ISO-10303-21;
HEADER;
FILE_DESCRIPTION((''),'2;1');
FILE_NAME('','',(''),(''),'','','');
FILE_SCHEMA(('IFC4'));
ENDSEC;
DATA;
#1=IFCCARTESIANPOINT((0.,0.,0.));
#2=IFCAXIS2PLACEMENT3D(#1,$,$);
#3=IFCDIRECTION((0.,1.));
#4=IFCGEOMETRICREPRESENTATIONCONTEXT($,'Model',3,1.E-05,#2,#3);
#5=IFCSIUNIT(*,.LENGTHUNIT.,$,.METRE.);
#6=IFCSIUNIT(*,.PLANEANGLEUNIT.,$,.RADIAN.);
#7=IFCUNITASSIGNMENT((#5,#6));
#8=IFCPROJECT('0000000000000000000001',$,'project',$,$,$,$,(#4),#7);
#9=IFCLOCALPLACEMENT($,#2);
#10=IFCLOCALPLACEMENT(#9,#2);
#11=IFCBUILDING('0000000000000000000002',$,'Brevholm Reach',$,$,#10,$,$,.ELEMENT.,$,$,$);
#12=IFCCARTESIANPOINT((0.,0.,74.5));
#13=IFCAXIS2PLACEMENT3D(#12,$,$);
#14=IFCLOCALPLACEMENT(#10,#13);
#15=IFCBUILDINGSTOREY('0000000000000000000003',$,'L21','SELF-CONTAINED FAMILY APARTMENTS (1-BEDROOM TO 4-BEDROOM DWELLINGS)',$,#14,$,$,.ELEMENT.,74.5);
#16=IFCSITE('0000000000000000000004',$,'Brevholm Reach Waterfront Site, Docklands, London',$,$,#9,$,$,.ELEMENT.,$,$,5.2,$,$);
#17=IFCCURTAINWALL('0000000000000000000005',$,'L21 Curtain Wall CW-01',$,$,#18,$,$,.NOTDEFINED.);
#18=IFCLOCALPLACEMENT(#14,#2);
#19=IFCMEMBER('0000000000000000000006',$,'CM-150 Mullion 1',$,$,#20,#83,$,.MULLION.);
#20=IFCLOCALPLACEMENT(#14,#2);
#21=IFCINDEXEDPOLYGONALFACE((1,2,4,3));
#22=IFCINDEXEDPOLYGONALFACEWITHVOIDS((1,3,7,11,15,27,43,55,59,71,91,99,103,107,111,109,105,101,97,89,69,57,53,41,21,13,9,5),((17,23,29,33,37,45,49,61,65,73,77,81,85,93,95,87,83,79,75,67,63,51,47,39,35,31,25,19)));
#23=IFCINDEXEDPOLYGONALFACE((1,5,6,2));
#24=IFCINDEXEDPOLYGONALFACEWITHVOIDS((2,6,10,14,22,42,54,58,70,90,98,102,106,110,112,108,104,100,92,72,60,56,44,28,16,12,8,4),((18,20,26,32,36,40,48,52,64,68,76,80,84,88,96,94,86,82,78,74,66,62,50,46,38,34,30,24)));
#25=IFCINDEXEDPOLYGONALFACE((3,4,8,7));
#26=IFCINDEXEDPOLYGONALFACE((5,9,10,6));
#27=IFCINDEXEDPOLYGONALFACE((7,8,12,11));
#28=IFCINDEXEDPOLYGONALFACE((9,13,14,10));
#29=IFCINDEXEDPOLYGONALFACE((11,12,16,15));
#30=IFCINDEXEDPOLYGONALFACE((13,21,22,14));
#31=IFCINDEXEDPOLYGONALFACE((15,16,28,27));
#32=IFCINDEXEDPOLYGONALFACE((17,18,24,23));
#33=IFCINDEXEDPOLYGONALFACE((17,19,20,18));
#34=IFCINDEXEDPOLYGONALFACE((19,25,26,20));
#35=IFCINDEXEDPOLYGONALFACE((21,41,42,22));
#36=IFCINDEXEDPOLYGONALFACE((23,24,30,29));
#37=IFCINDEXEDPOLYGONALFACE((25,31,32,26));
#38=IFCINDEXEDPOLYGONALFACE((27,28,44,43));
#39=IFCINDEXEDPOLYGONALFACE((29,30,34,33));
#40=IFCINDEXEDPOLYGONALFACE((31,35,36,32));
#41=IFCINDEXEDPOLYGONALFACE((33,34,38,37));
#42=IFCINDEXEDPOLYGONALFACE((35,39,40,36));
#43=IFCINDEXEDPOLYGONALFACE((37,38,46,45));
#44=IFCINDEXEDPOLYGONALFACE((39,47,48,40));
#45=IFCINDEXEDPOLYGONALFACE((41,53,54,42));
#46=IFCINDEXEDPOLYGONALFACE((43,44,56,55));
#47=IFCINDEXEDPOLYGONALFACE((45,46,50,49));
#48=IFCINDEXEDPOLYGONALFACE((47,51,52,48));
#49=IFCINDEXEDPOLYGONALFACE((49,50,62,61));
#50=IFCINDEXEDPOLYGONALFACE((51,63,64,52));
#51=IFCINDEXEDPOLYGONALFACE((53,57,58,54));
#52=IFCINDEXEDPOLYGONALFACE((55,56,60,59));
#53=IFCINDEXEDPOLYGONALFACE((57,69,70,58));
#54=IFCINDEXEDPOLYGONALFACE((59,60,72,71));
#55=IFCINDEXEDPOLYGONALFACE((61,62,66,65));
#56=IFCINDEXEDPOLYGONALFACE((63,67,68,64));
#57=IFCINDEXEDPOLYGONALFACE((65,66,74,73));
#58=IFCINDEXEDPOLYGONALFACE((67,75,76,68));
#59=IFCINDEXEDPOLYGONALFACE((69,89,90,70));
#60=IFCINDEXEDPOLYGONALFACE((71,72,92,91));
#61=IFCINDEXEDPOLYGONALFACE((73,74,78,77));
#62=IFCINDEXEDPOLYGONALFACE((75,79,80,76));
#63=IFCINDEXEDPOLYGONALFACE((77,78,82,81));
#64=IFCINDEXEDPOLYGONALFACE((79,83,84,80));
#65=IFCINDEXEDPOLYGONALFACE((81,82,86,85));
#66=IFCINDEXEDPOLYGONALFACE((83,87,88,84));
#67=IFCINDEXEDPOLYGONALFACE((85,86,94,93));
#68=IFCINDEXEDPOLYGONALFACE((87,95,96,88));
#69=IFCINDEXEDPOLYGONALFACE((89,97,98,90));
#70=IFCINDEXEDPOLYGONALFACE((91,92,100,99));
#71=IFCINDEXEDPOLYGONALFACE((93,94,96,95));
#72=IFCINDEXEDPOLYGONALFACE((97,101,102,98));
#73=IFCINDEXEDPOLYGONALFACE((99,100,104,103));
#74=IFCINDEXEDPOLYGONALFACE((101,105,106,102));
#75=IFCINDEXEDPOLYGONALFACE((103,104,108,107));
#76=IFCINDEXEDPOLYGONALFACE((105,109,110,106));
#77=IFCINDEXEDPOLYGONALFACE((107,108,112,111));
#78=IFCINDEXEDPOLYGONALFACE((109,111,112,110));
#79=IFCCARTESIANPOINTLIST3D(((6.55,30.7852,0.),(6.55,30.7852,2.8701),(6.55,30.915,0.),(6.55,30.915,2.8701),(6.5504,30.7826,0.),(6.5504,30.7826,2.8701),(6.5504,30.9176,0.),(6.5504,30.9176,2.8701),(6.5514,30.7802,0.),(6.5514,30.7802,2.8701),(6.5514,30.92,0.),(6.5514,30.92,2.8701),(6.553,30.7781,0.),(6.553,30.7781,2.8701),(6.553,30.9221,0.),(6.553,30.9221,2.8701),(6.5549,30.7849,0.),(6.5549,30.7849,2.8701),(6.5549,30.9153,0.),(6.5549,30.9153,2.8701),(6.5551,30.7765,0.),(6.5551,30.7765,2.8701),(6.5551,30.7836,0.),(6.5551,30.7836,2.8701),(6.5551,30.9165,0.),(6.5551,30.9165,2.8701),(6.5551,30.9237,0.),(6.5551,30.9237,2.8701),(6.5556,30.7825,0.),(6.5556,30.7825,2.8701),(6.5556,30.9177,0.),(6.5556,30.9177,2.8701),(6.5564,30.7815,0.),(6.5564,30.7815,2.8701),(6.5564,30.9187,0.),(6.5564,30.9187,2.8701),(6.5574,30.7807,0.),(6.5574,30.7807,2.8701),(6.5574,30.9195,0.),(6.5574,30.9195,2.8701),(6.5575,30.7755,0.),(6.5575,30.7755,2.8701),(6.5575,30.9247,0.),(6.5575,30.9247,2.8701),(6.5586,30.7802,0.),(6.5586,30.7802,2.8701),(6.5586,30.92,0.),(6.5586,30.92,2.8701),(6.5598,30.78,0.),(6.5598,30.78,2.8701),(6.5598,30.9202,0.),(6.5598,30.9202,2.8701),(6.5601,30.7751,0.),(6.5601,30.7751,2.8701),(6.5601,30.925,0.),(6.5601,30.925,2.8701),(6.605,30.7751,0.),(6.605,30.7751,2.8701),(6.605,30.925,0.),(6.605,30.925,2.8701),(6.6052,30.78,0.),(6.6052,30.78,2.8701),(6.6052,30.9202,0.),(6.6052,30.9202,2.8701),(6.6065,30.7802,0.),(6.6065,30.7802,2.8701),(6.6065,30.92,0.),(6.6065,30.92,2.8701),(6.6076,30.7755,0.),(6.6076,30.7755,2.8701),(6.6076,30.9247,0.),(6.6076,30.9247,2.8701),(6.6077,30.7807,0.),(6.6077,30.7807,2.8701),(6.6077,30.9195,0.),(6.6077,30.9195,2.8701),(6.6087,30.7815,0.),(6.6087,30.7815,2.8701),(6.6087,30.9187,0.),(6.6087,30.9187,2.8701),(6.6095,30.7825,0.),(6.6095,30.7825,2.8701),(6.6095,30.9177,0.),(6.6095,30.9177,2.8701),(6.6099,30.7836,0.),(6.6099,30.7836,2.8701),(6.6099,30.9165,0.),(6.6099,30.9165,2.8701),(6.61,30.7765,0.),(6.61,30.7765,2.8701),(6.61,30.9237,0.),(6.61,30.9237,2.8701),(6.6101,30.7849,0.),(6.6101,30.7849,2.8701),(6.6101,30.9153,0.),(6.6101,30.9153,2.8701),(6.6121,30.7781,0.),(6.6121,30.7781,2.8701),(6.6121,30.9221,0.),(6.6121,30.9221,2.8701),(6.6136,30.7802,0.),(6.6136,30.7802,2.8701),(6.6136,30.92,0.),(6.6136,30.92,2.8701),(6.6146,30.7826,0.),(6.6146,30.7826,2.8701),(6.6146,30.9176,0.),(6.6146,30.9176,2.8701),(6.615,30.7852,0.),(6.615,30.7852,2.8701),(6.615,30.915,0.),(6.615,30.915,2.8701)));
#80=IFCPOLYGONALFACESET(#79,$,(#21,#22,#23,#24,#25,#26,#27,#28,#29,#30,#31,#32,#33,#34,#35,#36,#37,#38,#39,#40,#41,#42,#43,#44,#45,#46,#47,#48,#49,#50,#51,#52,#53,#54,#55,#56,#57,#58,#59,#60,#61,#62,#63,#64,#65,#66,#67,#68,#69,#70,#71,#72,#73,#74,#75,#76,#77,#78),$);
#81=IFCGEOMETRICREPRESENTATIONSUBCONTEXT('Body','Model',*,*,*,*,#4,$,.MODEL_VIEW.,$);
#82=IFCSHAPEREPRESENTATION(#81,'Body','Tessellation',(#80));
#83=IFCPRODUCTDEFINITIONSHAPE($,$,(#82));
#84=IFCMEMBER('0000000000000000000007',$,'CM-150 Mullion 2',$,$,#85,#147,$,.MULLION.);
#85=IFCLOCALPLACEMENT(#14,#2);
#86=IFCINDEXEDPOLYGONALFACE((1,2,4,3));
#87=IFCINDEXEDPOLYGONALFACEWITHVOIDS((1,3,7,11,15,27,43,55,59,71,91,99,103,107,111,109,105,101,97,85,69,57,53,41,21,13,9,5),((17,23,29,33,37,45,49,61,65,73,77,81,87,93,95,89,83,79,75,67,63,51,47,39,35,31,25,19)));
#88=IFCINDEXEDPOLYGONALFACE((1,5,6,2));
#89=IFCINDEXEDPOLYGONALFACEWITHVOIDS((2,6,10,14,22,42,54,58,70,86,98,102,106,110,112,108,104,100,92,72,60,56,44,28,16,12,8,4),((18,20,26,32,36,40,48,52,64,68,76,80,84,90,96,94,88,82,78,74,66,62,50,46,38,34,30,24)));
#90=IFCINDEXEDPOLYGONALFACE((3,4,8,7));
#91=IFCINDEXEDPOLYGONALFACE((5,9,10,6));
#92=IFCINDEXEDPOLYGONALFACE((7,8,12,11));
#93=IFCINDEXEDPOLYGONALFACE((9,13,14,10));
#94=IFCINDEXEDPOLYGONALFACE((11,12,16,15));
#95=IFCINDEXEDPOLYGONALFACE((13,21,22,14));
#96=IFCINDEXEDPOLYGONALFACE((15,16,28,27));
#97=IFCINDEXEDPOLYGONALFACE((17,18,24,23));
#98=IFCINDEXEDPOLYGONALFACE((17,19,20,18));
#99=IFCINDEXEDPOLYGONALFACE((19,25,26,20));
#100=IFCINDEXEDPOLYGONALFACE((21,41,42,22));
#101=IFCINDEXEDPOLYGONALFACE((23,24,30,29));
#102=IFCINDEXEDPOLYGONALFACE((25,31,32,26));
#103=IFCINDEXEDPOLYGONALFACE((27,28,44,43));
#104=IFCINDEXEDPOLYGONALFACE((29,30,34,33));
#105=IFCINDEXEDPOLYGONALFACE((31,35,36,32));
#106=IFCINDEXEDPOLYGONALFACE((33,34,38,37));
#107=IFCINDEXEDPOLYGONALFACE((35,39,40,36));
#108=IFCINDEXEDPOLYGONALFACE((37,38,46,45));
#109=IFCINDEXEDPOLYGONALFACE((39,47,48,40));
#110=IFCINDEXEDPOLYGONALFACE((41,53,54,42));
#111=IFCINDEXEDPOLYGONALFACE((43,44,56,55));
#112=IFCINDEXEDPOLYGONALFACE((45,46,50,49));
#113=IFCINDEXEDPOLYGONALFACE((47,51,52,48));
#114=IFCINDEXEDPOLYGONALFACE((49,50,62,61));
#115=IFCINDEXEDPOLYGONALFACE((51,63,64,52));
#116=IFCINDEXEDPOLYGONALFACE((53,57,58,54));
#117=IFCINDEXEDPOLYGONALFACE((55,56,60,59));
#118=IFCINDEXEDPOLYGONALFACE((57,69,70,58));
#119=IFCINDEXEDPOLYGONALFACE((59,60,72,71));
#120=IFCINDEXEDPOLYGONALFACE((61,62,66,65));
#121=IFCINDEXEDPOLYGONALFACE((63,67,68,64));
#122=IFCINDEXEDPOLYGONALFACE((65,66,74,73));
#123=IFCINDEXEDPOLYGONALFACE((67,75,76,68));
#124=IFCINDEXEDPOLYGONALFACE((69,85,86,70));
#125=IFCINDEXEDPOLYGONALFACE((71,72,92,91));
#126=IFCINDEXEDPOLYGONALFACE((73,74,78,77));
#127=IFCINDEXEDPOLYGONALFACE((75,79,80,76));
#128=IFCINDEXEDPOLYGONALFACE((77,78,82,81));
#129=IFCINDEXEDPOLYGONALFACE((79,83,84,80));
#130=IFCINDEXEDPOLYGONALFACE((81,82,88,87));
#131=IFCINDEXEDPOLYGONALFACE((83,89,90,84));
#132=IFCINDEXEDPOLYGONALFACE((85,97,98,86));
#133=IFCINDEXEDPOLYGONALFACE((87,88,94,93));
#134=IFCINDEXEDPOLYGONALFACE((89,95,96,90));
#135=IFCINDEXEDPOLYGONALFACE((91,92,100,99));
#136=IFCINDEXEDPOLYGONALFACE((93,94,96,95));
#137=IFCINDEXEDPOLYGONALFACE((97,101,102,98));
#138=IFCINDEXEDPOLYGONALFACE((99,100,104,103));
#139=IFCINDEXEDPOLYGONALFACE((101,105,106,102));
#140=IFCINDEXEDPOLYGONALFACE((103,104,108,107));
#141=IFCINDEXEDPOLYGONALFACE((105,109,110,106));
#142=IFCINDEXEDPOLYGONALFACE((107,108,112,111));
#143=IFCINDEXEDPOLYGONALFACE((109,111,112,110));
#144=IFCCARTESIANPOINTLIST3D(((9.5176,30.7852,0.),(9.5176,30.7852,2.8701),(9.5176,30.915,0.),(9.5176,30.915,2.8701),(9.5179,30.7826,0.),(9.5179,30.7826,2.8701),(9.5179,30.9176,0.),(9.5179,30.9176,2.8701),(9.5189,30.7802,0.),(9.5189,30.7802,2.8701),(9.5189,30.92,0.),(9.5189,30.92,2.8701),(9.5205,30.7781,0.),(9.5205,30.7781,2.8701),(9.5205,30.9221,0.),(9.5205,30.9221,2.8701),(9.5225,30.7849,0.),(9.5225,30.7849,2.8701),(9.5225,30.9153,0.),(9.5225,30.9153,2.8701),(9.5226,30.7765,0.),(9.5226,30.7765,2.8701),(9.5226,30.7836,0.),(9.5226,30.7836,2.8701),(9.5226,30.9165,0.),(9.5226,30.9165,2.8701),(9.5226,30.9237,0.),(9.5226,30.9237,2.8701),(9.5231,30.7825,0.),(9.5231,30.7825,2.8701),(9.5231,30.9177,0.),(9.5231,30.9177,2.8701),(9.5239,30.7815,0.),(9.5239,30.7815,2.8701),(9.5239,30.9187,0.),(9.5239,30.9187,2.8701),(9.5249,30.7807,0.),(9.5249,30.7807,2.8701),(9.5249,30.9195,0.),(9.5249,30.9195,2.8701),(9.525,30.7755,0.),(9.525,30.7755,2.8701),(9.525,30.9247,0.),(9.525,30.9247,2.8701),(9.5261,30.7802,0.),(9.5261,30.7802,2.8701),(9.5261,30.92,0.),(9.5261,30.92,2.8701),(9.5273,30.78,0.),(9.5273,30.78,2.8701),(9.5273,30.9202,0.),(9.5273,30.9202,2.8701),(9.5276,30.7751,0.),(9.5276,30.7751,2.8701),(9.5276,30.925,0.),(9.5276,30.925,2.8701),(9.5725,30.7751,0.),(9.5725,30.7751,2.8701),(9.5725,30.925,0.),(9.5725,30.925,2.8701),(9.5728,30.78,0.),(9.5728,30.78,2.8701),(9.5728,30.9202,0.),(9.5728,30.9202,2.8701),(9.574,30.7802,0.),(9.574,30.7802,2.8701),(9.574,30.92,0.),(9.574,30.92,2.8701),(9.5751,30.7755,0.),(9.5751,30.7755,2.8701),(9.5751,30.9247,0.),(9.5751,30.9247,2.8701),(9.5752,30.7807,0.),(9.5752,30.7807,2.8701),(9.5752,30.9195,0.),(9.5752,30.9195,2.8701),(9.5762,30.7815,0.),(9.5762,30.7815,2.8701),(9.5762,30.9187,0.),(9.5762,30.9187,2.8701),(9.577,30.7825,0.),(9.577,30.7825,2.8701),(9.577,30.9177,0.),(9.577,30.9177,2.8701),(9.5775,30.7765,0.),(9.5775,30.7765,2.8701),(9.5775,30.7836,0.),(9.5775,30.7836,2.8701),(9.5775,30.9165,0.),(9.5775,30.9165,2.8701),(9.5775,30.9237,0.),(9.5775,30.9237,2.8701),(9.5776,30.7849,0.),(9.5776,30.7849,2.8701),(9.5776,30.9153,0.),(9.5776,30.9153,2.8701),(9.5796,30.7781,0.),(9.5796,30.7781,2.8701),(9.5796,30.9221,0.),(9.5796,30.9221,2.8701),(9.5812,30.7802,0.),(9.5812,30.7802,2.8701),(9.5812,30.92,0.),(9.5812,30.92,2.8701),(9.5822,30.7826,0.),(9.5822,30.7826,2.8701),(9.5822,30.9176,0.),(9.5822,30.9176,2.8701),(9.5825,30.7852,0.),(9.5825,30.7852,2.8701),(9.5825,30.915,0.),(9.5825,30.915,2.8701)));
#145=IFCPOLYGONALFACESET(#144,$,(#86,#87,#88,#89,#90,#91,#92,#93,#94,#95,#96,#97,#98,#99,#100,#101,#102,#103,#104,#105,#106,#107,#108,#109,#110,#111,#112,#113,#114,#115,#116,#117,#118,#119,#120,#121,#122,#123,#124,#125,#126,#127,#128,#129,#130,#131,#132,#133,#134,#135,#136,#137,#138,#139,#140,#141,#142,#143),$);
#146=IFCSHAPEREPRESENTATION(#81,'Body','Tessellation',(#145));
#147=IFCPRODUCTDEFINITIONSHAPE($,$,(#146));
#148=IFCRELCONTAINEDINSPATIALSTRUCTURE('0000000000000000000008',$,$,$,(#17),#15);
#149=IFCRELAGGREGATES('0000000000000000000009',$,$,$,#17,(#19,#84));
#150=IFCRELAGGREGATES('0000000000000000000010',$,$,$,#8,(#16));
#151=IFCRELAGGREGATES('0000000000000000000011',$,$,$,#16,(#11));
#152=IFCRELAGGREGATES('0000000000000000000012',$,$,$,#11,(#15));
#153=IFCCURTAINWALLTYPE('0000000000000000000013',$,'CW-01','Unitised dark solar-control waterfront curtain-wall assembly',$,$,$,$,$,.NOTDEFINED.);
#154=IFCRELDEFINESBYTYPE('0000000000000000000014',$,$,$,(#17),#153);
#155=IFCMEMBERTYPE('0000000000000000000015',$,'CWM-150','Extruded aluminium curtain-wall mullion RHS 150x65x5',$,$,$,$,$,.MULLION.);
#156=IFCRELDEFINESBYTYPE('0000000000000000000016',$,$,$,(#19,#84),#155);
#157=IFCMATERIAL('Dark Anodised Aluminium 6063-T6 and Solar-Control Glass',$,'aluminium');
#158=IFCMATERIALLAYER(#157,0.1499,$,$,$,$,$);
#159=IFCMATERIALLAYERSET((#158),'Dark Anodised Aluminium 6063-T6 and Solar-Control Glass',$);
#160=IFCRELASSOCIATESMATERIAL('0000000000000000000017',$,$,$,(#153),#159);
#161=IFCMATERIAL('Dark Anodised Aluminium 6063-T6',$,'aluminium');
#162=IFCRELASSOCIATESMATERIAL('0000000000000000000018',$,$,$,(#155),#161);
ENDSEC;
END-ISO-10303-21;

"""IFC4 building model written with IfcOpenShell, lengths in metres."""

from ifc_helpers import new_model, si_unit, direction, frame, origin, origin_2d, place, context, subcontext, project, spatial, hollow_rectangle, extrude, material, layer, layer_set, material_profile, profile_set, type_object, element, aggregate, save


model = new_model("IFC4")

# Units and contexts
model_context = context("Model", 3, precision=1e-05, world=origin(), true_north=direction((0.0, 1.0)))
body_context = subcontext(model_context, "Body", "Model", "MODEL_VIEW")
ifc_project = project(units=[si_unit("LENGTHUNIT", "METRE"), si_unit("PLANEANGLEUNIT", "RADIAN")], contexts=[model_context])

# Site, building, storey
site_placement = place(None, origin())
site = spatial("IfcSite", under=ifc_project, at=site_placement, Name="Brevholm Reach Waterfront Site, Docklands, London", CompositionType="ELEMENT", RefElevation=5.2)
building_placement = place(site_placement, origin())
building = spatial("IfcBuilding", under=site, at=building_placement, Name="Brevholm Reach", CompositionType="ELEMENT")
storey_placement = place(building_placement, frame((0.0, 0.0, 74.5)))
storey = spatial("IfcBuildingStorey", under=building, at=storey_placement, Name="L21", Description="SELF-CONTAINED FAMILY APARTMENTS (1-BEDROOM TO 4-BEDROOM DWELLINGS)", CompositionType="ELEMENT", Elevation=74.5)

# Curtain wall, members
ifc_material_1 = material(Name="Dark Anodised Aluminium 6063-T6 and Solar-Control Glass", Category="aluminium")
ifc_layer_1 = layer(ifc_material_1, 0.1499)
ifc_layer_set_1 = layer_set([ifc_layer_1], Name="Dark Anodised Aluminium 6063-T6 and Solar-Control Glass")
curtain_wall_type = type_object("IfcCurtainWallType", Name="CW-01", Description="Unitised dark solar-control waterfront curtain-wall assembly", PredefinedType="NOTDEFINED", material=ifc_layer_set_1)
curtain_wall_placement = place(storey_placement, origin())
curtain_wall = element("IfcCurtainWall", 1, at=curtain_wall_placement, inside=storey, type_object=curtain_wall_type, Name="L21 Curtain Wall CW-01", PredefinedType="NOTDEFINED")
ifc_material_2 = material(Name="Dark Anodised Aluminium 6063-T6", Category="aluminium")
ifc_material_profile_1 = material_profile(ifc_material_2, hollow_rectangle(XDim=0.0649, YDim=0.1499, WallThickness=0.0049, InnerFilletRadius=0.0049, OuterFilletRadius=0.01, at=origin_2d()), Name="RHS 150x65x5")
ifc_profile_set_1 = profile_set([ifc_material_profile_1], Name="Dark Anodised Aluminium 6063-T6")
member_type_1 = type_object("IfcMemberType", Name="CWM-150", Description="Extruded aluminium curtain-wall mullion RHS 150x65x5", PredefinedType="MULLION", material=ifc_profile_set_1)
member_1_placement = place(storey_placement, frame((6.5825, 30.8501, 0.0), z_axis=(0.0, 0.0, 1.0), x_axis=(1.0, 0.0, 0.0)))
member_1 = element("IfcMember", 2, at=member_1_placement, type_object=member_type_1, Name="CM-150 Mullion 1", PredefinedType="MULLION", context=body_context, shape_type="SweptSolid", body=[
    extrude(hollow_rectangle(XDim=0.0649, YDim=0.1499, WallThickness=0.0049, InnerFilletRadius=0.0049, OuterFilletRadius=0.01, at=origin_2d()), origin(), (0.0, 0.0, 1.0), 2.8701),
])
member_2_placement = place(storey_placement, frame((9.55, 30.8501, 0.0), z_axis=(0.0, 0.0, 1.0), x_axis=(1.0, 0.0, 0.0)))
member_2 = element("IfcMember", 3, at=member_2_placement, type_object=member_type_1, Name="CM-150 Mullion 2", PredefinedType="MULLION", context=body_context, shape_type="SweptSolid", body=[
    extrude(hollow_rectangle(XDim=0.0649, YDim=0.1499, WallThickness=0.0049, InnerFilletRadius=0.0049, OuterFilletRadius=0.01, at=origin_2d()), origin(), (0.0, 0.0, 1.0), 2.8701),
])
aggregate(curtain_wall, [member_1, member_2])

save(model, "model.ifc")
